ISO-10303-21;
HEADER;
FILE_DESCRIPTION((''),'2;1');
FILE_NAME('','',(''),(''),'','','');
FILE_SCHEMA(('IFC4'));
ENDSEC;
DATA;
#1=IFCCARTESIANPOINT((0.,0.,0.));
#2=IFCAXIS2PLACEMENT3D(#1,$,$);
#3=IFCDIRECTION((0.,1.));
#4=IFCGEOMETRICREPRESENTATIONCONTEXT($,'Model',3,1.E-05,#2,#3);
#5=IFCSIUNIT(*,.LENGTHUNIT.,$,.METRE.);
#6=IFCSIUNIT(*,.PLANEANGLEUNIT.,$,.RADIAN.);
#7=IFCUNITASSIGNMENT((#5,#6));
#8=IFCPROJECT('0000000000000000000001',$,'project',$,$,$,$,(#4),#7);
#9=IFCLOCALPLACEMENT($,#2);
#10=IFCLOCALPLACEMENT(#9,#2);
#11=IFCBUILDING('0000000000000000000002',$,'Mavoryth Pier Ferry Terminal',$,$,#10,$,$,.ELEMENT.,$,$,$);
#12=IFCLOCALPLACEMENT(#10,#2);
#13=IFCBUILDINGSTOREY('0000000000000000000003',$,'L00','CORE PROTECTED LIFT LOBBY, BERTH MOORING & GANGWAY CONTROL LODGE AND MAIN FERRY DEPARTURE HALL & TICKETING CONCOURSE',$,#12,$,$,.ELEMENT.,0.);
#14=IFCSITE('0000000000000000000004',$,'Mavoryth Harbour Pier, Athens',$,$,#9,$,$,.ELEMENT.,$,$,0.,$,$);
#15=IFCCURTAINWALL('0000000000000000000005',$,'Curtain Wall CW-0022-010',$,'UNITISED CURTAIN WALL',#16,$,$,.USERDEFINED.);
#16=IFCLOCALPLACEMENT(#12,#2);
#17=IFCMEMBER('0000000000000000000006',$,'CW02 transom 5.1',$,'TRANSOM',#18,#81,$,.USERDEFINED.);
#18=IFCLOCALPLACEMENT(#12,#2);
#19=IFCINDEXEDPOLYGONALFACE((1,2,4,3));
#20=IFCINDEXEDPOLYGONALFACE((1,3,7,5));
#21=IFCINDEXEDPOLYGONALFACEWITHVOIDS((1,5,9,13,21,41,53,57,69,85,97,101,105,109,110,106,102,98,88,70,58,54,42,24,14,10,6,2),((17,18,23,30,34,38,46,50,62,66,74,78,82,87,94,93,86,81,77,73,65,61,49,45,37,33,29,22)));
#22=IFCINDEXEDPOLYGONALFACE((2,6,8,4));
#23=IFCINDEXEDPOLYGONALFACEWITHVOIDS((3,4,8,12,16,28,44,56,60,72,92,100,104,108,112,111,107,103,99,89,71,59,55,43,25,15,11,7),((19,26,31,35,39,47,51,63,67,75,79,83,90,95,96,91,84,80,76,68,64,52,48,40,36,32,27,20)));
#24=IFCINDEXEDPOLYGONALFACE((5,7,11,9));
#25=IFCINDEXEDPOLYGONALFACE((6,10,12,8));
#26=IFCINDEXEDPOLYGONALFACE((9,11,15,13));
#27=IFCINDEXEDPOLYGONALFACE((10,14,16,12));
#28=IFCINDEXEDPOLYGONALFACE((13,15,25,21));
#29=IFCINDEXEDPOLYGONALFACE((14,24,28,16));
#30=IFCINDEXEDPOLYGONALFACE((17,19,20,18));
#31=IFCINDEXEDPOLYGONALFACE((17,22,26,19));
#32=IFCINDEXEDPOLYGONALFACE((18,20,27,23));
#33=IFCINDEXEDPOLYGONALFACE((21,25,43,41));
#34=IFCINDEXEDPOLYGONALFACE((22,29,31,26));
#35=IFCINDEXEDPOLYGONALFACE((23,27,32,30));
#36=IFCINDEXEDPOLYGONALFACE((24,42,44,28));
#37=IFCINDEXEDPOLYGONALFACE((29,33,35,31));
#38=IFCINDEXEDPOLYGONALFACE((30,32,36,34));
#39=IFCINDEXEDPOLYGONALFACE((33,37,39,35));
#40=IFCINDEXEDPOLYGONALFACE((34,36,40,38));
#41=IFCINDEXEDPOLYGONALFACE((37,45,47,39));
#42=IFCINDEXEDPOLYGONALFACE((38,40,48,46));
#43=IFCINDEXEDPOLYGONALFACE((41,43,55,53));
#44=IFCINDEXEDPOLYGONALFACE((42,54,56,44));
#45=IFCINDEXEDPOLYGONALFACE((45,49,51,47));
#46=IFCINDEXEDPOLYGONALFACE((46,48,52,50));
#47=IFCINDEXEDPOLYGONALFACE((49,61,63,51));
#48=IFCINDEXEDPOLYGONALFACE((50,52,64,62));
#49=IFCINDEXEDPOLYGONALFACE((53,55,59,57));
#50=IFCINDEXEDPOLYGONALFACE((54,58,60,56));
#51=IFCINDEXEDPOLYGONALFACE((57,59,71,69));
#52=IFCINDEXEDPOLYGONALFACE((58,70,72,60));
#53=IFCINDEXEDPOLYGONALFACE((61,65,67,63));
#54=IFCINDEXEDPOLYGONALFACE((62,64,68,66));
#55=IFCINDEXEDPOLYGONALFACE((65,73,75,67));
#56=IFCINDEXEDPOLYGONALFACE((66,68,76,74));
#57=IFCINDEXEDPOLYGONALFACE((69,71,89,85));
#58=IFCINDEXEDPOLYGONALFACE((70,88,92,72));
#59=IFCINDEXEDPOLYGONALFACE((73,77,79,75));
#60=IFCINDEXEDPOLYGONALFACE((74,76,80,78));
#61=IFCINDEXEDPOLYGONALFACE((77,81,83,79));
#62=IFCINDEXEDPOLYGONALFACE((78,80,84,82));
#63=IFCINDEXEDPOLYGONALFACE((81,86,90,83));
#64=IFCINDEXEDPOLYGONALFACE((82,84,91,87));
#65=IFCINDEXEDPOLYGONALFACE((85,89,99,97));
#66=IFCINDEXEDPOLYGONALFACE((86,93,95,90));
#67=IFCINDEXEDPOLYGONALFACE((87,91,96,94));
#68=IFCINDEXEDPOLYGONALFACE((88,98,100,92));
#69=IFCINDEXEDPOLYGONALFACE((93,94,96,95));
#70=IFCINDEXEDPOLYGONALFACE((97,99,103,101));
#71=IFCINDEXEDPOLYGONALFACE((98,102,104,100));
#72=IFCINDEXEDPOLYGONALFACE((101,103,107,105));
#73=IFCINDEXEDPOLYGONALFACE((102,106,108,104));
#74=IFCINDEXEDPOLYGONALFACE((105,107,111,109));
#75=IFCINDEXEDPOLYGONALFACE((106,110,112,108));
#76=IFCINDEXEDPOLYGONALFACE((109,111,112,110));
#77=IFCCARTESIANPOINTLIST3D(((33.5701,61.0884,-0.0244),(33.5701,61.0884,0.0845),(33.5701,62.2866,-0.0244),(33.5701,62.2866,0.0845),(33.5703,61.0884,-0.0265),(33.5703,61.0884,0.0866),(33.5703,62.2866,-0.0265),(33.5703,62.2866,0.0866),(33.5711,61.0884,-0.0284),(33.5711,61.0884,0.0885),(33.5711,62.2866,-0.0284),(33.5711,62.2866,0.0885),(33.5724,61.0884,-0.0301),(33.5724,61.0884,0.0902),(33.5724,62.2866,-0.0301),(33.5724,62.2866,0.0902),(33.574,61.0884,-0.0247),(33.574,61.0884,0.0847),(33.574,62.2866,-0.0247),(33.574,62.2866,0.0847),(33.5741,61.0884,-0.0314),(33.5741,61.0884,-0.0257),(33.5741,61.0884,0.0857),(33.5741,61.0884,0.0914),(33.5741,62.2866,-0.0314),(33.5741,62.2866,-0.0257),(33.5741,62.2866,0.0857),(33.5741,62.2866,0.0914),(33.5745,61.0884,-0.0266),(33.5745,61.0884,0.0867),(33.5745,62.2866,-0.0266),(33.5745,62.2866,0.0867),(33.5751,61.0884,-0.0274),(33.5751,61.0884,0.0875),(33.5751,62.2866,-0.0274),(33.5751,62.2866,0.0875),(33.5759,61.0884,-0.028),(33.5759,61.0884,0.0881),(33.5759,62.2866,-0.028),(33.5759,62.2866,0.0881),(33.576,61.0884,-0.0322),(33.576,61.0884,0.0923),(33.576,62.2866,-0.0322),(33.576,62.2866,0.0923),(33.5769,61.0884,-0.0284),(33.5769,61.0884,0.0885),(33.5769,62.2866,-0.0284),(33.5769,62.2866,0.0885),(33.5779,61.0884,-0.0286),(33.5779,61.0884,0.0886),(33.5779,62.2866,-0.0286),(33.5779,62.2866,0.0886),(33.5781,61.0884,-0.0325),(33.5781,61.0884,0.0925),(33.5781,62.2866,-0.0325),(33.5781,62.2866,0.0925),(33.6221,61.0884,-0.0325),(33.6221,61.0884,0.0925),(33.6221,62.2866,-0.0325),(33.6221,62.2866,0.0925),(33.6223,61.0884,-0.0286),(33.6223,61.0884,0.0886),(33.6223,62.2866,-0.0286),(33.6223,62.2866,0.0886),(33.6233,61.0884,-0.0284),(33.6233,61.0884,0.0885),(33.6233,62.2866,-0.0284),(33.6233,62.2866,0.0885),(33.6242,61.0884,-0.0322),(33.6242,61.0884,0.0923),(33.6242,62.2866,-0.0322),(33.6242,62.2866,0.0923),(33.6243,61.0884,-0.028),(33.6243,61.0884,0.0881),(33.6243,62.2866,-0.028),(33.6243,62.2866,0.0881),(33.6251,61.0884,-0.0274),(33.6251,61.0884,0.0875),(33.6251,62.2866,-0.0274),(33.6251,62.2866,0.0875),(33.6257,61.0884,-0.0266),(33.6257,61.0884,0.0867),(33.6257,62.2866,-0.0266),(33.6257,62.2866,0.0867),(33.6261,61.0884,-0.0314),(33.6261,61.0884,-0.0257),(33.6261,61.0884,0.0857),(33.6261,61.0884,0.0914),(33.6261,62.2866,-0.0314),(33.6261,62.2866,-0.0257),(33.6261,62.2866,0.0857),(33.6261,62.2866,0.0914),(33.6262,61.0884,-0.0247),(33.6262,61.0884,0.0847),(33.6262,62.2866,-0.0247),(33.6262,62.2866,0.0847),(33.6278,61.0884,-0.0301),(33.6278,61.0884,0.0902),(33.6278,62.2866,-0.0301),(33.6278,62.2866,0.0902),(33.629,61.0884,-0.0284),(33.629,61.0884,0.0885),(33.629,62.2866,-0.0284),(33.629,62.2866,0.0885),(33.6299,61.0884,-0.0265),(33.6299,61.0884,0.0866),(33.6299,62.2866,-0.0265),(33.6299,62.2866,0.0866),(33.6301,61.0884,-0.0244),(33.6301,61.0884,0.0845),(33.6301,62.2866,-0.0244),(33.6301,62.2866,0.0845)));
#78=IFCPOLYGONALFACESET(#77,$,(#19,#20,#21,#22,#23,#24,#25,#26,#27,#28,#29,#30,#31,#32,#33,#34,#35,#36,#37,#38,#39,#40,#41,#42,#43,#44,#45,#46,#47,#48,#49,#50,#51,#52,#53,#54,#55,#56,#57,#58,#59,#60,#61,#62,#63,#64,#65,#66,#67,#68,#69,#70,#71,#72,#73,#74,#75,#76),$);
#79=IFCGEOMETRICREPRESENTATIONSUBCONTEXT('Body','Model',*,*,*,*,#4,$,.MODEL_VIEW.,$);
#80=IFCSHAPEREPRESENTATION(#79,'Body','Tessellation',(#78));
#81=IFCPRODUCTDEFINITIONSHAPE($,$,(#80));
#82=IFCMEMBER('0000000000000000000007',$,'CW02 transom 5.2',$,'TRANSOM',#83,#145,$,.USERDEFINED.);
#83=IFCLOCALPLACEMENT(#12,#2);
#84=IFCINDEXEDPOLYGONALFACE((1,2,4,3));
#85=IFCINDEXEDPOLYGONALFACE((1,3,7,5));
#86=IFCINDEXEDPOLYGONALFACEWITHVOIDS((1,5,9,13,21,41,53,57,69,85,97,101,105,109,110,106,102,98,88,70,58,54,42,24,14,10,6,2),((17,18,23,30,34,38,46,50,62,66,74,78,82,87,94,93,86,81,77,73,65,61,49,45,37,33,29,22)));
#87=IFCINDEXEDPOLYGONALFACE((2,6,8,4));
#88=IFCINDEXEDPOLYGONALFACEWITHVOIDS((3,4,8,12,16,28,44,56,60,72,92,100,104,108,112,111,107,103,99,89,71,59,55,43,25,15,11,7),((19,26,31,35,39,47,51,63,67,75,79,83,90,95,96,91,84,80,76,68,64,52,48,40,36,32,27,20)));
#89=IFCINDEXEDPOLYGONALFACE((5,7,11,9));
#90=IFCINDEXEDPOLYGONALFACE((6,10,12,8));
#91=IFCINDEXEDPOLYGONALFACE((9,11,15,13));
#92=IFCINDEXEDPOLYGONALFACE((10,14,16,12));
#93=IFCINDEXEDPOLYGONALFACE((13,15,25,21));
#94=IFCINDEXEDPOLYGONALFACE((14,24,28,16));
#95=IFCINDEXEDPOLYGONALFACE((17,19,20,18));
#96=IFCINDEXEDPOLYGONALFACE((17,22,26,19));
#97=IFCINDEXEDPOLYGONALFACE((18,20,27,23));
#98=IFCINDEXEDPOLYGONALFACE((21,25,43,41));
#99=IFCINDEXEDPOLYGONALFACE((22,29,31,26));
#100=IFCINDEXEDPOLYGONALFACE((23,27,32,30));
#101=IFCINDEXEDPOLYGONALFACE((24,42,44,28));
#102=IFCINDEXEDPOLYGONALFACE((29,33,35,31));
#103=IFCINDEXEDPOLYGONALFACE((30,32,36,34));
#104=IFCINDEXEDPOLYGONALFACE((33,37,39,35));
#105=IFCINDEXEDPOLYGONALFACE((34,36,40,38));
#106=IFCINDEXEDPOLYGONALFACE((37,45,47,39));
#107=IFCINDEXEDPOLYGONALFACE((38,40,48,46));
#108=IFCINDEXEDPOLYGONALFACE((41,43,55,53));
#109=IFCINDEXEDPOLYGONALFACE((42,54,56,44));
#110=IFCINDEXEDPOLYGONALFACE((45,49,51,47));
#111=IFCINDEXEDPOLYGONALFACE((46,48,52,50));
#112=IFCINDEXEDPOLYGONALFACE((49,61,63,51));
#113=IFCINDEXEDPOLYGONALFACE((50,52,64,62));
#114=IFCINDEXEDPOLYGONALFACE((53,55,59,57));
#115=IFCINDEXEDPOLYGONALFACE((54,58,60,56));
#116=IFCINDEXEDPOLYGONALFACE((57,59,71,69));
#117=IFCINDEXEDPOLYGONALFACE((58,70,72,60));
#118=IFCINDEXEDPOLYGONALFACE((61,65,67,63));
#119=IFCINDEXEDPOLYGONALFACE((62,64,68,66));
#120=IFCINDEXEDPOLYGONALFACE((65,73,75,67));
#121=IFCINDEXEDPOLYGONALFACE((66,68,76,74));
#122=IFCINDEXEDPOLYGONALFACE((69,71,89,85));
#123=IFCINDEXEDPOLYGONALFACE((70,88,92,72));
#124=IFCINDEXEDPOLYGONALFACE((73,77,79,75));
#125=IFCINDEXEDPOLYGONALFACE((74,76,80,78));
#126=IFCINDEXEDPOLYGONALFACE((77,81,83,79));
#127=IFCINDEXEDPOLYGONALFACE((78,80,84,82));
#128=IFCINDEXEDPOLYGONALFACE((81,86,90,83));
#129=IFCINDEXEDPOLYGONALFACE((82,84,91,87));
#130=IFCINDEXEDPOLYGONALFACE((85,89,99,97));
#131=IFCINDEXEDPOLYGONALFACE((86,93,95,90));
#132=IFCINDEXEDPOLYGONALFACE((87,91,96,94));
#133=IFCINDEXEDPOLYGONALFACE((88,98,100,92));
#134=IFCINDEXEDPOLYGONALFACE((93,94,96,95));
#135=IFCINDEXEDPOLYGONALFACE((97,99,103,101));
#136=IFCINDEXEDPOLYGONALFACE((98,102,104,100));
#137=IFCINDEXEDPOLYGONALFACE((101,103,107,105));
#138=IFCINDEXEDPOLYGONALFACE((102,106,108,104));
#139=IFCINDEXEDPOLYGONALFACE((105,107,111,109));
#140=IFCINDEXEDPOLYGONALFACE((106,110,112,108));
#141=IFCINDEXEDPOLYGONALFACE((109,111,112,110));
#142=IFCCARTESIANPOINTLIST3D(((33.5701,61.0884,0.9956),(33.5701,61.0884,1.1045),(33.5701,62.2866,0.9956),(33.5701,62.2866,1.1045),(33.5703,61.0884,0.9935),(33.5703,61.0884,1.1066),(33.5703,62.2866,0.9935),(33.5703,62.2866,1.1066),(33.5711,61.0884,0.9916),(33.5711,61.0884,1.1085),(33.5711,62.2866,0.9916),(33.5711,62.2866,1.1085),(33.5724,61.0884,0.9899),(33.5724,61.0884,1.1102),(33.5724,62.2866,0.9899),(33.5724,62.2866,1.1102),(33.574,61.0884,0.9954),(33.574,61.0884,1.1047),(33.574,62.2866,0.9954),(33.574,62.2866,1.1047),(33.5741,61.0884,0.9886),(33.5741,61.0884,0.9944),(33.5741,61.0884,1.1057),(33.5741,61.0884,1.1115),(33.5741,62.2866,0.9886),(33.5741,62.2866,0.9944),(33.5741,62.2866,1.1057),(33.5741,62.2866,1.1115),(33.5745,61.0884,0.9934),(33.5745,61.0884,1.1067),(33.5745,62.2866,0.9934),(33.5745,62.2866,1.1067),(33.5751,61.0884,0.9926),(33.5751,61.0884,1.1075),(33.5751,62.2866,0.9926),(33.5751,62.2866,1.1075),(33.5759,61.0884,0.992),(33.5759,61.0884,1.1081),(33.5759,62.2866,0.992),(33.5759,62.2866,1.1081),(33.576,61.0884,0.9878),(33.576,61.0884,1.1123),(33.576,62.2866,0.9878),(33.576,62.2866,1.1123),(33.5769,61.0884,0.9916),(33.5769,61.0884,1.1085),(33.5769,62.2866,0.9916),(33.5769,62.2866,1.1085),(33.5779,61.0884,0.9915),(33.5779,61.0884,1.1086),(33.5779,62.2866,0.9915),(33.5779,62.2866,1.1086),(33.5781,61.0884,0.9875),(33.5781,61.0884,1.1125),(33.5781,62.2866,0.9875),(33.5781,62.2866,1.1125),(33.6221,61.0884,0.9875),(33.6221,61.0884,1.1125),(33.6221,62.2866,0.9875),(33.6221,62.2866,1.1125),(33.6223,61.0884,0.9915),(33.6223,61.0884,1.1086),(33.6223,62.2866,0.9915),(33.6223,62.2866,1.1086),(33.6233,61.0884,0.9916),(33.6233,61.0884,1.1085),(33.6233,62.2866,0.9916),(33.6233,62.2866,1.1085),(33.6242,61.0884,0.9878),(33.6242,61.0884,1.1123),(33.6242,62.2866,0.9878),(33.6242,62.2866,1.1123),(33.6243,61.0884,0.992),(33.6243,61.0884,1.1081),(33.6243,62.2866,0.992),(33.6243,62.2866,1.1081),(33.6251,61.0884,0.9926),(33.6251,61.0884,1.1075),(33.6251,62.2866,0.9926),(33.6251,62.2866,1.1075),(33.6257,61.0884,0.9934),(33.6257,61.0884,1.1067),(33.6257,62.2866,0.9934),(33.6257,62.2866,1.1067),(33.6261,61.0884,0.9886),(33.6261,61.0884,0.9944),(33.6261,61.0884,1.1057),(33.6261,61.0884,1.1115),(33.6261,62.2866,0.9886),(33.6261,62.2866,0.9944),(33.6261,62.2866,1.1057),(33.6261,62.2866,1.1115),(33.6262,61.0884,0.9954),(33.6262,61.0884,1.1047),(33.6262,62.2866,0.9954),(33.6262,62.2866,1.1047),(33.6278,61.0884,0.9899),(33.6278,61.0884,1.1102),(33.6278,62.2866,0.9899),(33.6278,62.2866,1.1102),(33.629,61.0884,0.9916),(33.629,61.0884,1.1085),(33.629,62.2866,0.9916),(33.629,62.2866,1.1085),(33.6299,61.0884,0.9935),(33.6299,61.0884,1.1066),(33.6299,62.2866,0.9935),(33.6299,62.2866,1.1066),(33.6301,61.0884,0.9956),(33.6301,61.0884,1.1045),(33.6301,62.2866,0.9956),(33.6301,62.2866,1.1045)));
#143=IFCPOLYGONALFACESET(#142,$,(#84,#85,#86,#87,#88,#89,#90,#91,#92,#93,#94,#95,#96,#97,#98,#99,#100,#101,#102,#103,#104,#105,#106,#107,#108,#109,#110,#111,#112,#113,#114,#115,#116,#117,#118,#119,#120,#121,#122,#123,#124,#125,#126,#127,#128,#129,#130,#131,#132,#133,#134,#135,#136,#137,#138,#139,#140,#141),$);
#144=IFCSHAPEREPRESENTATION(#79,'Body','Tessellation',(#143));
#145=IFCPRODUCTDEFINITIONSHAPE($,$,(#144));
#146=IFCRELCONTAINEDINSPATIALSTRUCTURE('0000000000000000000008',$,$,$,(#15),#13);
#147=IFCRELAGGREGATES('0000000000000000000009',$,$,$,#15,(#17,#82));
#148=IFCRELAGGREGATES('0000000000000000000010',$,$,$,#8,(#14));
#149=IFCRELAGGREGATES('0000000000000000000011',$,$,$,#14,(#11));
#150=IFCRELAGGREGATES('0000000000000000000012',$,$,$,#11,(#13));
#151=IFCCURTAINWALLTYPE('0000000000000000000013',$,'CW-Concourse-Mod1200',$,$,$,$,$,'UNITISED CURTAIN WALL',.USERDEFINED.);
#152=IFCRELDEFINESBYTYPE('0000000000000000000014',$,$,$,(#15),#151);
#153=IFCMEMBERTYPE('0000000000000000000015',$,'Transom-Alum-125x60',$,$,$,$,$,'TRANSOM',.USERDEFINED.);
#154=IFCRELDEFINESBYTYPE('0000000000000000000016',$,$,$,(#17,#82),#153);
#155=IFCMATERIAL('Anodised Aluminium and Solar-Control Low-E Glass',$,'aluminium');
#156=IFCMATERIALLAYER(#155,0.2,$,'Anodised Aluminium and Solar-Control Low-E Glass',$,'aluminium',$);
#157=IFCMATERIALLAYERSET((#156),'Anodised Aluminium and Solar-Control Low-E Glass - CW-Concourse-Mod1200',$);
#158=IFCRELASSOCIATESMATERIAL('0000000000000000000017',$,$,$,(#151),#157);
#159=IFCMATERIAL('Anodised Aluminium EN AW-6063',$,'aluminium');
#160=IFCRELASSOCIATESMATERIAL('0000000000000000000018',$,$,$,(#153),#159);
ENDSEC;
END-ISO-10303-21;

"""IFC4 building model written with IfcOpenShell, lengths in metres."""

from ifc_helpers import new_model, si_unit, direction, frame, origin, origin_2d, place, context, subcontext, project, spatial, hollow_rectangle, extrude, material, layer, layer_set, material_profile, profile_set, type_object, element, aggregate, save


model = new_model("IFC4")

# Units and contexts
model_context = context("Model", 3, precision=1e-05, world=origin(), true_north=direction((0.0, 1.0)))
body_context = subcontext(model_context, "Body", "Model", "MODEL_VIEW")
ifc_project = project(units=[si_unit("LENGTHUNIT", "METRE"), si_unit("PLANEANGLEUNIT", "RADIAN")], contexts=[model_context])

# Site, building, storey
site_placement = place(None, origin())
site = spatial("IfcSite", under=ifc_project, at=site_placement, Name="Mavoryth Harbour Pier, Athens", CompositionType="ELEMENT", RefElevation=0.0)
building_placement = place(site_placement, origin())
building = spatial("IfcBuilding", under=site, at=building_placement, Name="Mavoryth Pier Ferry Terminal", CompositionType="ELEMENT")
storey_placement = place(building_placement, origin())
storey = spatial("IfcBuildingStorey", under=building, at=storey_placement, Name="L00", Description="CORE PROTECTED LIFT LOBBY, BERTH MOORING & GANGWAY CONTROL LODGE AND MAIN FERRY DEPARTURE HALL & TICKETING CONCOURSE", CompositionType="ELEMENT", Elevation=0.0)

# Curtain wall, members
ifc_material_1 = material(Name="Anodised Aluminium and Solar-Control Low-E Glass", Category="aluminium")
ifc_layer_1 = layer(ifc_material_1, 0.2, Name="Anodised Aluminium and Solar-Control Low-E Glass", Category="aluminium")
ifc_layer_set_1 = layer_set([ifc_layer_1], Name="Anodised Aluminium and Solar-Control Low-E Glass - CW-Concourse-Mod1200")
curtain_wall_type = type_object("IfcCurtainWallType", Name="CW-Concourse-Mod1200", ElementType="UNITISED CURTAIN WALL", PredefinedType="USERDEFINED", material=ifc_layer_set_1)
curtain_wall_placement = place(storey_placement, origin())
curtain_wall = element("IfcCurtainWall", 1, at=curtain_wall_placement, inside=storey, type_object=curtain_wall_type, Name="Curtain Wall CW-0022-010", ObjectType="UNITISED CURTAIN WALL", PredefinedType="USERDEFINED")
ifc_material_2 = material(Name="Anodised Aluminium EN AW-6063", Category="aluminium")
ifc_material_profile_1 = material_profile(ifc_material_2, hollow_rectangle(XDim=0.0601, YDim=0.125, WallThickness=0.0039, InnerFilletRadius=0.0039, OuterFilletRadius=0.0081, at=origin_2d()), Name="AL-TRAN 125x60x4", Category="aluminium")
ifc_profile_set_1 = profile_set([ifc_material_profile_1], Name="Anodised Aluminium EN AW-6063 - AL-TRAN 125x60x4")
member_type_1 = type_object("IfcMemberType", Name="Transom-Alum-125x60", ElementType="TRANSOM", PredefinedType="USERDEFINED", material=ifc_profile_set_1)
member_1_placement = place(storey_placement, frame((33.6001, 61.0884, 0.03), z_axis=(0.0, 1.0, 0.0), x_axis=(-1.0, 0.0, 0.0)))
member_1 = element("IfcMember", 2, at=member_1_placement, type_object=member_type_1, Name="CW02 transom 5.1", ObjectType="TRANSOM", PredefinedType="USERDEFINED", context=body_context, shape_type="SweptSolid", body=[
    extrude(hollow_rectangle(XDim=0.0601, YDim=0.125, WallThickness=0.0039, InnerFilletRadius=0.0039, OuterFilletRadius=0.0081, at=origin_2d()), origin(), (0.0, 0.0, 1.0), 1.1982),
])
member_2_placement = place(storey_placement, frame((33.6001, 61.0884, 1.05), z_axis=(0.0, 1.0, 0.0), x_axis=(-1.0, 0.0, 0.0)))
member_2 = element("IfcMember", 3, at=member_2_placement, type_object=member_type_1, Name="CW02 transom 5.2", ObjectType="TRANSOM", PredefinedType="USERDEFINED", context=body_context, shape_type="SweptSolid", body=[
    extrude(hollow_rectangle(XDim=0.0601, YDim=0.125, WallThickness=0.0039, InnerFilletRadius=0.0039, OuterFilletRadius=0.0081, at=origin_2d()), origin(), (0.0, 0.0, 1.0), 1.1982),
])
aggregate(curtain_wall, [member_1, member_2])

save(model, "model.ifc")
